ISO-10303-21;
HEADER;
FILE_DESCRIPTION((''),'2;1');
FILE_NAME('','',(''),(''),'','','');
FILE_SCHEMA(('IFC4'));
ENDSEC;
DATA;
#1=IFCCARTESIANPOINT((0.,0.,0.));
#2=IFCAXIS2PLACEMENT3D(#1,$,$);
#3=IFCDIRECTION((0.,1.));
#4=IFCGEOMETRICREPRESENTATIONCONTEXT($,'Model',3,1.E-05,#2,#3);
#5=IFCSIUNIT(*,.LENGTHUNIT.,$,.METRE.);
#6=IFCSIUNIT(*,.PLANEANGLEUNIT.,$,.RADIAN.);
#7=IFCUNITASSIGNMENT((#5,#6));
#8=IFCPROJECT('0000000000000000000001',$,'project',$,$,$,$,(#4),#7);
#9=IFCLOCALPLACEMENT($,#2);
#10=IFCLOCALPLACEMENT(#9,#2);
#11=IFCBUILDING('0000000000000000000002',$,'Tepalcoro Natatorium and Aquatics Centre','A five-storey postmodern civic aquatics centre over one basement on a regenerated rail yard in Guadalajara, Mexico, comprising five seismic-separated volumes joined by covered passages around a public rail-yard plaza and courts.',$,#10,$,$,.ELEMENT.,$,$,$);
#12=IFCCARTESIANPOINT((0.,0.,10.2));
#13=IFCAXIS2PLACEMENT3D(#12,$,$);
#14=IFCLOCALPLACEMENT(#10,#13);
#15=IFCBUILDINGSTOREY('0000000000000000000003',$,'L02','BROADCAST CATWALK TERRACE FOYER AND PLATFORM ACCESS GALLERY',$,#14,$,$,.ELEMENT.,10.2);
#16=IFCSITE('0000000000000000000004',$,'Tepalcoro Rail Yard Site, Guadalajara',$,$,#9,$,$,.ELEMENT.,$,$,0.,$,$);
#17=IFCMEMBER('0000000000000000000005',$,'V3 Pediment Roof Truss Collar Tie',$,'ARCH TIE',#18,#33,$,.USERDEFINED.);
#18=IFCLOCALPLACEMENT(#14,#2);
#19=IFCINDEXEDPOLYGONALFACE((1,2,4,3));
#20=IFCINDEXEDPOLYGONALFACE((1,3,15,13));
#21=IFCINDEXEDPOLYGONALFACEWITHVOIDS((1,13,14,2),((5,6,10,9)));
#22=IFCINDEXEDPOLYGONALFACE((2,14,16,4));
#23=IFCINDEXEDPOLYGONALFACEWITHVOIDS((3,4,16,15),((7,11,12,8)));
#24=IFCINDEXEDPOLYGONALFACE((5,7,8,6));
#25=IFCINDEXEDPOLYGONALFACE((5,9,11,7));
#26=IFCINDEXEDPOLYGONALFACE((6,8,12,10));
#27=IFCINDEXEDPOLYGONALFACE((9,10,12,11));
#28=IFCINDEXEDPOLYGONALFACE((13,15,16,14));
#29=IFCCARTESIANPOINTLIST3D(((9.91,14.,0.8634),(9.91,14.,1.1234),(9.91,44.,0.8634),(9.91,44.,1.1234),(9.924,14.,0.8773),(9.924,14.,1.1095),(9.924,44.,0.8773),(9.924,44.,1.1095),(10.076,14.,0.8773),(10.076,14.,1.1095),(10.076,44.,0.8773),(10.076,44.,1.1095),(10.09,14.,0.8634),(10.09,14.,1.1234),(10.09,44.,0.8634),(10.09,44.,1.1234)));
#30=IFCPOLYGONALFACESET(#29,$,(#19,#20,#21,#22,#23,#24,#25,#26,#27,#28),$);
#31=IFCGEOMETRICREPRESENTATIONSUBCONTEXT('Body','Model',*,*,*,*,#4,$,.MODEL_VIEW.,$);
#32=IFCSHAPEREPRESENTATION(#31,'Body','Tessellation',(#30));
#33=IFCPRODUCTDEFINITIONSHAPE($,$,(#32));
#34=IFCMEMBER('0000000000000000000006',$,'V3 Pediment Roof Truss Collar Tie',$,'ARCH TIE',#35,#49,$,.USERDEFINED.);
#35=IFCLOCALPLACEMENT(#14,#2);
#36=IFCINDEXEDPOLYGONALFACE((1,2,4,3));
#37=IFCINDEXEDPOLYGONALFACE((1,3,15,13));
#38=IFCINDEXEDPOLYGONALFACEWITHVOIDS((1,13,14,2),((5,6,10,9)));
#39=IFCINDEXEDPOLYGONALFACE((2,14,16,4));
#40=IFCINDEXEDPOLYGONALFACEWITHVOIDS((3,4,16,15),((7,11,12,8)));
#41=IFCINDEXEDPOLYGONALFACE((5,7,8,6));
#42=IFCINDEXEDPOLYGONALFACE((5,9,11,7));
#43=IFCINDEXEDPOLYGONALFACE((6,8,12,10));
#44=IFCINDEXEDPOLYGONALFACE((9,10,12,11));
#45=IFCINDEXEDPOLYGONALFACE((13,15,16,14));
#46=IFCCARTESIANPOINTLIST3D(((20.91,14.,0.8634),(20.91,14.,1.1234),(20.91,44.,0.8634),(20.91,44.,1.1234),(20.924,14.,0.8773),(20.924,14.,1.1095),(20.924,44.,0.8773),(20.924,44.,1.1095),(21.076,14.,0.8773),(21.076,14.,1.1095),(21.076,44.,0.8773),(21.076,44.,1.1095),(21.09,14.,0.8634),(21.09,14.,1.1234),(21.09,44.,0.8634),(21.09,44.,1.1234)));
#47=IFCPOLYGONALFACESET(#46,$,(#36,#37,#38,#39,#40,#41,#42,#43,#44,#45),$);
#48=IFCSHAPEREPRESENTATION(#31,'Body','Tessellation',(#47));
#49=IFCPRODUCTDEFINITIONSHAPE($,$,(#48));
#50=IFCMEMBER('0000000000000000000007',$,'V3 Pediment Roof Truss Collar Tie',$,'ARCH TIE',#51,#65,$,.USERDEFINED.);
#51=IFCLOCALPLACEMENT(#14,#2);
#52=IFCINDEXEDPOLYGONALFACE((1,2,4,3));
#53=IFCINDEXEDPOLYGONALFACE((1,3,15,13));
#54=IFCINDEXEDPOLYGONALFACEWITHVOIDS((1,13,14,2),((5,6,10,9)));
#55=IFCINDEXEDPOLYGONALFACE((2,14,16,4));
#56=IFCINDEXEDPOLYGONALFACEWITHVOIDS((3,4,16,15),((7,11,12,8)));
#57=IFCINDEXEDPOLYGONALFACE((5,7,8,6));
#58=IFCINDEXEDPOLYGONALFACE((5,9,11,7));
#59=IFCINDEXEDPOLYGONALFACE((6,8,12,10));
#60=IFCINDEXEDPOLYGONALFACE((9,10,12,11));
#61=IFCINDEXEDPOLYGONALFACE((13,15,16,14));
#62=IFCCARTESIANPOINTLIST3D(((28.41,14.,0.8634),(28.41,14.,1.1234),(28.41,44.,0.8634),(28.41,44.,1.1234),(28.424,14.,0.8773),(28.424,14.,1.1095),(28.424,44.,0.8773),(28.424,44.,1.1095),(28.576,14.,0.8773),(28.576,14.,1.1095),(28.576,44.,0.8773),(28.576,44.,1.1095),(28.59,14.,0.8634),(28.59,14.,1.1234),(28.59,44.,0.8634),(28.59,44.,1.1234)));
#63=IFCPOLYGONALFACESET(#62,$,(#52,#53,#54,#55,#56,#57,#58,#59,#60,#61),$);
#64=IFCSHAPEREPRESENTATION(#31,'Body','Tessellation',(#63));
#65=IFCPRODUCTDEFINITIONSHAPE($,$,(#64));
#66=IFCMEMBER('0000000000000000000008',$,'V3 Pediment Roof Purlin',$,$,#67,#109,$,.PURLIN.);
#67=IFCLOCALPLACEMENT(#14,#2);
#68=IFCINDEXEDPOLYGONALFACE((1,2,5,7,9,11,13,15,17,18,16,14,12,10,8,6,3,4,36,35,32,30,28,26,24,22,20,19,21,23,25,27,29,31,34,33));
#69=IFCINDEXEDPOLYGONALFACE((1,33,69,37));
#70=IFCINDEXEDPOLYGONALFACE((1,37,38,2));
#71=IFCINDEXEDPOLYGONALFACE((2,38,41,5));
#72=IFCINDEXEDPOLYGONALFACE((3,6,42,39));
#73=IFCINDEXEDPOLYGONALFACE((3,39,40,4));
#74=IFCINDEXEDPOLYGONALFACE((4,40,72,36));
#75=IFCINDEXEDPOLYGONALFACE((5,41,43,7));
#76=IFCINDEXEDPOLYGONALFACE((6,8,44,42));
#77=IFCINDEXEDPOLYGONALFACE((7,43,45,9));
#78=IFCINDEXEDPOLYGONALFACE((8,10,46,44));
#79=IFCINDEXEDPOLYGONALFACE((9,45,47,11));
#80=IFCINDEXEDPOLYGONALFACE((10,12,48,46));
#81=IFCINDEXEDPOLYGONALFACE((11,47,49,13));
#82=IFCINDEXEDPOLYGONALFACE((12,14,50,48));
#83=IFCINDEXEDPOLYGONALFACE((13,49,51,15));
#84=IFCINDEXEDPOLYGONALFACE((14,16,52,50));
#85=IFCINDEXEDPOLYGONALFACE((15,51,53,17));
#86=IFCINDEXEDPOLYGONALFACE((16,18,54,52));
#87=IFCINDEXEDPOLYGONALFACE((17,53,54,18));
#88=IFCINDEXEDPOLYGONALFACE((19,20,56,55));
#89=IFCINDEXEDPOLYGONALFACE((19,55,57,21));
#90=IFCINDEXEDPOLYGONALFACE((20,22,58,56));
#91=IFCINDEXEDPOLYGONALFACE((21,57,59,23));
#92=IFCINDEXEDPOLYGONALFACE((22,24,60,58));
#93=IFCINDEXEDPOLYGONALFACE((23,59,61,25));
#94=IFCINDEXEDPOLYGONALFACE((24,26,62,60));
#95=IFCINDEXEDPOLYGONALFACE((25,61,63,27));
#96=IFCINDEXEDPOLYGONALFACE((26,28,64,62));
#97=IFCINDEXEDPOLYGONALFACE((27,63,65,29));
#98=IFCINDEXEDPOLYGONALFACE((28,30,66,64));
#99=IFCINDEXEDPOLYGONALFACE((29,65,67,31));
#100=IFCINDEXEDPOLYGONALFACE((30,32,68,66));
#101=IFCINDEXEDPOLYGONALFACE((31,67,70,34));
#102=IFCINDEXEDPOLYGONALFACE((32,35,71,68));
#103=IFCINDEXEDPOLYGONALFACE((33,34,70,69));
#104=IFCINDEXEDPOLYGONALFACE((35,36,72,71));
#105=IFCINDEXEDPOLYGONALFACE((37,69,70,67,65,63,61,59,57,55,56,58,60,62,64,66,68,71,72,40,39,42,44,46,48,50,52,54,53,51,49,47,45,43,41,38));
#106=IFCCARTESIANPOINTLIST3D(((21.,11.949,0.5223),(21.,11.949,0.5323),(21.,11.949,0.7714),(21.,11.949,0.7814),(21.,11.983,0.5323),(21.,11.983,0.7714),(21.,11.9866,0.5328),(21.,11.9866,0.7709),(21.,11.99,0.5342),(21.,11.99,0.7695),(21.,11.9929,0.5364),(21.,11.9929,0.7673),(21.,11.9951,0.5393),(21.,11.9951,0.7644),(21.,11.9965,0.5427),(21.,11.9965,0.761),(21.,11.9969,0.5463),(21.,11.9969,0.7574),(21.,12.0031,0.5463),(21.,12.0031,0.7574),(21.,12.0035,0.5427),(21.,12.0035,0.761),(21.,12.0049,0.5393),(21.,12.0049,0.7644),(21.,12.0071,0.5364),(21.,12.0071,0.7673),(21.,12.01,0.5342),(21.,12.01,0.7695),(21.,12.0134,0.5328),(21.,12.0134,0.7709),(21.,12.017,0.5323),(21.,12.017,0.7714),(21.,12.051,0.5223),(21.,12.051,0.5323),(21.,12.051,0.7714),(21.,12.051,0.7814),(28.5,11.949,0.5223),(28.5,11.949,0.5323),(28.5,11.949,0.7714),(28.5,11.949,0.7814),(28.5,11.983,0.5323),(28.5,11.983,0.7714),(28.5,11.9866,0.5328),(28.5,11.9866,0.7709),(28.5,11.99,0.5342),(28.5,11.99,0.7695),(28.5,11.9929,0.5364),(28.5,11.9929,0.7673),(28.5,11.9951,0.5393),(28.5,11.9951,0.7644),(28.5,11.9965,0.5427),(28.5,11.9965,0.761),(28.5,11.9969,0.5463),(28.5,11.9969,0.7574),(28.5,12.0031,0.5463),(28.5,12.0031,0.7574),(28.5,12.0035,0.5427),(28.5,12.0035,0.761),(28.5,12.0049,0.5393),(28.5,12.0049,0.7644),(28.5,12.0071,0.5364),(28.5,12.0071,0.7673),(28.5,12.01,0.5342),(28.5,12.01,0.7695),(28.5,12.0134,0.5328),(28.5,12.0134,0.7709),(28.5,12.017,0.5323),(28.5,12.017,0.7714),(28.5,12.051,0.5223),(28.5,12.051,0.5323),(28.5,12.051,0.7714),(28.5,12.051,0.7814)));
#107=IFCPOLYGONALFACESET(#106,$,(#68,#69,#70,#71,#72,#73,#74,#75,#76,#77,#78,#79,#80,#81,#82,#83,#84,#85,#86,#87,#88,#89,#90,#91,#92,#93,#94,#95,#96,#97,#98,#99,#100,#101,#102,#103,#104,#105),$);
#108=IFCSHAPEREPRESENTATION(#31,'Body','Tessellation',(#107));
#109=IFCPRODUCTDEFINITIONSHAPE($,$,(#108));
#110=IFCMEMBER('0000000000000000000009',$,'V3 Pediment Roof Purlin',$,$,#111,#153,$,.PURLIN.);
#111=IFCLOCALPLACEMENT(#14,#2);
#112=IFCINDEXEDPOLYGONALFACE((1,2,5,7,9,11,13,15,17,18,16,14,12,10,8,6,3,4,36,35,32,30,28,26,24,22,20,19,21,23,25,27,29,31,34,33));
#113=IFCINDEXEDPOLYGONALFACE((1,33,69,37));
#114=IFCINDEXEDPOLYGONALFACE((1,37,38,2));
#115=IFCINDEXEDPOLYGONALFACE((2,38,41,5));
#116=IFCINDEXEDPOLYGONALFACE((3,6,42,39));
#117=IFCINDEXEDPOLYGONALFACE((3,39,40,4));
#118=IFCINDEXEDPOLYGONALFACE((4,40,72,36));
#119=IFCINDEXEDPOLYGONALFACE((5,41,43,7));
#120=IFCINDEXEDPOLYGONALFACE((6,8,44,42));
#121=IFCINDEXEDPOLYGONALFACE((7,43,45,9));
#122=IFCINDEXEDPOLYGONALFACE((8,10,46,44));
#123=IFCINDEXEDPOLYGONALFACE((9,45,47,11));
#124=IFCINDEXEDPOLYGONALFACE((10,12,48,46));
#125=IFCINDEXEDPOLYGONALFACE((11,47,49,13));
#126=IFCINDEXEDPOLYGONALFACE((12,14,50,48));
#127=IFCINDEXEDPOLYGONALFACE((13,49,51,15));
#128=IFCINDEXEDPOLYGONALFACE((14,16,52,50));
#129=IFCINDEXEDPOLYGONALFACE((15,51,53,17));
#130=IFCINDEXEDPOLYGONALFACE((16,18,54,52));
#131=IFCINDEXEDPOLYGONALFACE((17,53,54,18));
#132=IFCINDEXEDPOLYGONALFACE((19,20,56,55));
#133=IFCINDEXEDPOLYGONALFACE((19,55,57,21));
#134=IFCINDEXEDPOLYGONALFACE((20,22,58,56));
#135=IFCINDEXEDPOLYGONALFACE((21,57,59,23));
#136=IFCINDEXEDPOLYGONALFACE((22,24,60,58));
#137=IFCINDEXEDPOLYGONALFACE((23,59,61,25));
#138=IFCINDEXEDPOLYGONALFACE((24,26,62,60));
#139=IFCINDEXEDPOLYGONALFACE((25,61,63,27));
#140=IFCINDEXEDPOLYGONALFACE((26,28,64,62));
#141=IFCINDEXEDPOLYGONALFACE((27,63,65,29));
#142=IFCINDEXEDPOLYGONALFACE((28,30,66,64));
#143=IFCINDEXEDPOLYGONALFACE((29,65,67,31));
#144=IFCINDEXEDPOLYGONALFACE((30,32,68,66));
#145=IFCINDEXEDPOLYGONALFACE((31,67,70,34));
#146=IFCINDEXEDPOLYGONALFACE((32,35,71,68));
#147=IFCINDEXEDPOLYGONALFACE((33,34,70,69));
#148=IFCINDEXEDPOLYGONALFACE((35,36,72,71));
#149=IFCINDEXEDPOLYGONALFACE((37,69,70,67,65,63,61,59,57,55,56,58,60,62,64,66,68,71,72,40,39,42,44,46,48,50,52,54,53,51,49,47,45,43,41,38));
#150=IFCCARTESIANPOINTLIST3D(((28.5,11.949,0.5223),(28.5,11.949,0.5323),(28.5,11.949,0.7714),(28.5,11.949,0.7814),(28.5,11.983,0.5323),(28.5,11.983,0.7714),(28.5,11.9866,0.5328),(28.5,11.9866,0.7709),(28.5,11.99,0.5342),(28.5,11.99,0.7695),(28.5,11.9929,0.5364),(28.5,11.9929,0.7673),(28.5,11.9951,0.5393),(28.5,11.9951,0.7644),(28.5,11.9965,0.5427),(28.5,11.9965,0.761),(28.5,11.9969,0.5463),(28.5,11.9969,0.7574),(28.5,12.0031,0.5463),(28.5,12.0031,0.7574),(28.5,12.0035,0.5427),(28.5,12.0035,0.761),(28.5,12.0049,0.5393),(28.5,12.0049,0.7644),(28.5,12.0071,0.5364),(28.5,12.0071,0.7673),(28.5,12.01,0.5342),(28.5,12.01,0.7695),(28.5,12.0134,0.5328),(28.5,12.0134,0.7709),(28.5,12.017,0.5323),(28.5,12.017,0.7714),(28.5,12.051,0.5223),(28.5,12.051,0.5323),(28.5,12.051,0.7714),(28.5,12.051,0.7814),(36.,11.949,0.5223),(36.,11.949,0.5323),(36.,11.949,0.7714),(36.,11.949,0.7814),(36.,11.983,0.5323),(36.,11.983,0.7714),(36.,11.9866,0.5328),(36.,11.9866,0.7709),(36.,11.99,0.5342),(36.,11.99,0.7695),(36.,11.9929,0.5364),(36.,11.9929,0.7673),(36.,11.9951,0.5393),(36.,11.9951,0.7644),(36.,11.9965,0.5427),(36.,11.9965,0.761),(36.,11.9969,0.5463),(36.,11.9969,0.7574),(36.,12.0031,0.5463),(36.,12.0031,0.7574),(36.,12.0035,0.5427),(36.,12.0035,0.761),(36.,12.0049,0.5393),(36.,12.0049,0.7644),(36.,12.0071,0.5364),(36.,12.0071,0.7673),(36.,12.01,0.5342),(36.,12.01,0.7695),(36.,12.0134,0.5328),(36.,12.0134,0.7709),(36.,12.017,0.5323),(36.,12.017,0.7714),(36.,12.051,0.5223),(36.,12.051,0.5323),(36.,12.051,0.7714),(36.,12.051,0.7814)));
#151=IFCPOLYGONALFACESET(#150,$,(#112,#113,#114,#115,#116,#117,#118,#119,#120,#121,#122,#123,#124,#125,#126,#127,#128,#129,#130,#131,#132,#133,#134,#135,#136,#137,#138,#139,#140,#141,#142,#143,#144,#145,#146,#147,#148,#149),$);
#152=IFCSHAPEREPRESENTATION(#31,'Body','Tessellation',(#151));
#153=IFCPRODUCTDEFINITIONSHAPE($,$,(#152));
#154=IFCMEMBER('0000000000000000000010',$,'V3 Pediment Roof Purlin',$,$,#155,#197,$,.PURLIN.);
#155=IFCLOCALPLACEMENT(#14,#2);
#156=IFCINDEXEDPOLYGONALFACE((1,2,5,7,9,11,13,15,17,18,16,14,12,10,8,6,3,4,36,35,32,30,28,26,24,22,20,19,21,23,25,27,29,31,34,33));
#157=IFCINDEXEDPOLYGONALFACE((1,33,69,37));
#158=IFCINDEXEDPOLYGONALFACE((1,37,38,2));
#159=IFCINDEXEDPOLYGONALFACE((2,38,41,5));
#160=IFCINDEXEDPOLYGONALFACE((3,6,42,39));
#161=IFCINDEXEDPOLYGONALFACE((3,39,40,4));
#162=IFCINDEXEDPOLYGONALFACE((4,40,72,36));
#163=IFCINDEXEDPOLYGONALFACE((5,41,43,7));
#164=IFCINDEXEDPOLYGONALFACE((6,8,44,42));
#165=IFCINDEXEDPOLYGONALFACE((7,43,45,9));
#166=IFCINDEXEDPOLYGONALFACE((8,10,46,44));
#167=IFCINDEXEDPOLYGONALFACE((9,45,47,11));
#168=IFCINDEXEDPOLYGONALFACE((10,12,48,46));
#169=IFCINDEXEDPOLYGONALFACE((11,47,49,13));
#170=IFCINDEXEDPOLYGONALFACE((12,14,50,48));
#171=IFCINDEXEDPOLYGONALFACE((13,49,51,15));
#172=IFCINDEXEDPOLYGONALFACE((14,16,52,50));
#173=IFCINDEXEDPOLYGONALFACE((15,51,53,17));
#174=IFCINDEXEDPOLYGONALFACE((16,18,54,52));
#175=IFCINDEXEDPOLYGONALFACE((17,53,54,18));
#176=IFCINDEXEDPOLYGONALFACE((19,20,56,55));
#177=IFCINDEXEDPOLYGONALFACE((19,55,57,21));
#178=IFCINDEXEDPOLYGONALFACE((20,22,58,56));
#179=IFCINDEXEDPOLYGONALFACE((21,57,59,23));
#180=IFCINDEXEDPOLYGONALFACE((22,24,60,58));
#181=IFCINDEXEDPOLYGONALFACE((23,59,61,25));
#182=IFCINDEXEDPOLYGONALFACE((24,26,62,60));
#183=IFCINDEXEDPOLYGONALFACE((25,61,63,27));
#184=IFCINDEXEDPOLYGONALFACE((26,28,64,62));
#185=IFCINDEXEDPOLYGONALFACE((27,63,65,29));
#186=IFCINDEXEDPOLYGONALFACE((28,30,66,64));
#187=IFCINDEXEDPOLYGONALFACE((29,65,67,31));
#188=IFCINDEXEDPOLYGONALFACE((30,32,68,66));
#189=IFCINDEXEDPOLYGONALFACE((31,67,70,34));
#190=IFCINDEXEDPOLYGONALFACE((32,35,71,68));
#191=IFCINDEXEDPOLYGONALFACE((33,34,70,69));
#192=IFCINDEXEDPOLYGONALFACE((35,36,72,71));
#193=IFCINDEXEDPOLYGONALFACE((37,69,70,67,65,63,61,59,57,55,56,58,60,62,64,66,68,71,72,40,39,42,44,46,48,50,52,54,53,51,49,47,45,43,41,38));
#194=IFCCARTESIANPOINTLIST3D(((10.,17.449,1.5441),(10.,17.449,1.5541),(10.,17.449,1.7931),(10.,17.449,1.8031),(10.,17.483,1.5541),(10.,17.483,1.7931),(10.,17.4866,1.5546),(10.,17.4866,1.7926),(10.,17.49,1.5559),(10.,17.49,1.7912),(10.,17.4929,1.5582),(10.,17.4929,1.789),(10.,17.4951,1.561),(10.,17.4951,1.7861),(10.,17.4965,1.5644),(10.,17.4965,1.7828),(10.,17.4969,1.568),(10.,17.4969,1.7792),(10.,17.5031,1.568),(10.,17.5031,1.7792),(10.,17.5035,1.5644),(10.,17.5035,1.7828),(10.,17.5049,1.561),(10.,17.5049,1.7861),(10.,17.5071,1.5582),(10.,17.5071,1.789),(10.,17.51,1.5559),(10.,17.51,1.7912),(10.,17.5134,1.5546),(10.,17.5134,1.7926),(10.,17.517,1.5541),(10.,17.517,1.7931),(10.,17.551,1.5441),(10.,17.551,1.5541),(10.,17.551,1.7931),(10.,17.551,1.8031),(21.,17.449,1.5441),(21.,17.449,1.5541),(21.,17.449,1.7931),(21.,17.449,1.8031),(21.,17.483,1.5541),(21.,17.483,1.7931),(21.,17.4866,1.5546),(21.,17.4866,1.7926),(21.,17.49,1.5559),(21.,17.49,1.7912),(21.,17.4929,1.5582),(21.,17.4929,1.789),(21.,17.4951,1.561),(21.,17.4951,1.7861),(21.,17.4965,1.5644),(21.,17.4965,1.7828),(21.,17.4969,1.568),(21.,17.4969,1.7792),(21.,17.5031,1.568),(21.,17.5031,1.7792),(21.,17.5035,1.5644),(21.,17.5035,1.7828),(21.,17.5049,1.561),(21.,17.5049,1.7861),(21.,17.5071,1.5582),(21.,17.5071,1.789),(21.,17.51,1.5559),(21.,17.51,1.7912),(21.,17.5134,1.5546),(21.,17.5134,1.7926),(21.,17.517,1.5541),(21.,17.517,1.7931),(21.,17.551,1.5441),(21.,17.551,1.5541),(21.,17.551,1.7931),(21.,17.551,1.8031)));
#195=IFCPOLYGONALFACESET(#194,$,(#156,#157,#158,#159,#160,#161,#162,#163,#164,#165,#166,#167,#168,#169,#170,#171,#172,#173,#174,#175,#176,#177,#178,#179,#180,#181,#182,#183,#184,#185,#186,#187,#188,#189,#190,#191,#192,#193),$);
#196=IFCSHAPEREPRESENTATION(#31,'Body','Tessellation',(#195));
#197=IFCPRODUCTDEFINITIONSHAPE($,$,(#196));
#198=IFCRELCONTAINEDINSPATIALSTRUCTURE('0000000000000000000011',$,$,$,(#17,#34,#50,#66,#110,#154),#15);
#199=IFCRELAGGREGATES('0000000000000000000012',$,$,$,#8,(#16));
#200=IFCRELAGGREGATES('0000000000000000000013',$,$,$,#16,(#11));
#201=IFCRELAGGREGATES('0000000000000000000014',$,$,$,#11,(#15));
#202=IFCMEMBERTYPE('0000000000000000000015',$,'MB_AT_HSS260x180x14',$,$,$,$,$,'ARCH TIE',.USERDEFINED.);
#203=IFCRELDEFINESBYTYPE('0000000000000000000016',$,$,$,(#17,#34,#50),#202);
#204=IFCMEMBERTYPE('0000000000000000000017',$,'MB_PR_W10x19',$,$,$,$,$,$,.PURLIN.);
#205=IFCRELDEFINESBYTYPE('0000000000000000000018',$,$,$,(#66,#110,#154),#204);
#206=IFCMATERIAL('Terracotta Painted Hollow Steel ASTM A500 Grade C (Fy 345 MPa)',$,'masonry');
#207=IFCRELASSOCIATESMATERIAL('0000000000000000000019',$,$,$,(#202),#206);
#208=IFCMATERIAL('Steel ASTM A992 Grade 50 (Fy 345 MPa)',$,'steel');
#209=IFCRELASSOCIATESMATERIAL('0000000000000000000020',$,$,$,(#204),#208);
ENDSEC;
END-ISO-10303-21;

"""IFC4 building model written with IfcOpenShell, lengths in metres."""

from ifc_helpers import new_model, si_unit, direction, frame, origin, origin_2d, place, context, subcontext, project, spatial, hollow_rectangle, i_section, extrude, material, material_profile, profile_set, type_object, element, save


model = new_model("IFC4")

# Units and contexts
model_context = context("Model", 3, precision=1e-05, world=origin(), true_north=direction((0.0, 1.0)))
body_context = subcontext(model_context, "Body", "Model", "MODEL_VIEW")
ifc_project = project(units=[si_unit("LENGTHUNIT", "METRE"), si_unit("PLANEANGLEUNIT", "RADIAN")], contexts=[model_context])

# Site, building, storey
site_placement = place(None, origin())
site = spatial("IfcSite", under=ifc_project, at=site_placement, Name="Tepalcoro Rail Yard Site, Guadalajara", CompositionType="ELEMENT", RefElevation=0.0)
building_placement = place(site_placement, origin())
building = spatial("IfcBuilding", under=site, at=building_placement, Name="Tepalcoro Natatorium and Aquatics Centre", Description="A five-storey postmodern civic aquatics centre over one basement on a regenerated rail yard in Guadalajara, Mexico, comprising five seismic-separated volumes joined by covered passages around a public rail-yard plaza and courts.", CompositionType="ELEMENT")
storey_placement = place(building_placement, frame((0.0, 0.0, 10.2)))
storey = spatial("IfcBuildingStorey", under=building, at=storey_placement, Name="L02", Description="BROADCAST CATWALK TERRACE FOYER AND PLATFORM ACCESS GALLERY", CompositionType="ELEMENT", Elevation=10.2)

# Members
ifc_material_1 = material(Name="Terracotta Painted Hollow Steel ASTM A500 Grade C (Fy 345 MPa)", Category="masonry")
ifc_material_profile_1 = material_profile(ifc_material_1, hollow_rectangle(XDim=0.1799, YDim=0.26, WallThickness=0.0139, at=origin_2d()), Name="HSS260X180X14")
ifc_profile_set_1 = profile_set([ifc_material_profile_1], Name="Terracotta Painted Hollow Steel ASTM A500 Grade C (Fy 345 MPa)")
member_type_1 = type_object("IfcMemberType", Name="MB_AT_HSS260x180x14", ElementType="ARCH TIE", PredefinedType="USERDEFINED", material=ifc_profile_set_1)
for number, where, z_axis, x_axis, name in (
    (1, (10.0, 14.0, 0.9934), (0.0, 1.0, 0.0), (-1.0, 0.0, 0.0), "V3 Pediment Roof Truss Collar Tie"),
    (2, (21.0, 14.0, 0.9934), (0.0, 1.0, 0.0), (-1.0, 0.0, 0.0), "V3 Pediment Roof Truss Collar Tie"),
    (3, (28.5, 14.0, 0.9934), (0.0, 1.0, 0.0), (-1.0, 0.0, 0.0), "V3 Pediment Roof Truss Collar Tie"),
):
    element("IfcMember", number, at=place(storey_placement, frame(where, z_axis=z_axis, x_axis=x_axis)), inside=storey, type_object=member_type_1, Name=name, ObjectType="ARCH TIE", PredefinedType="USERDEFINED", context=body_context, shape_type="SweptSolid", body=[
        extrude(hollow_rectangle(XDim=0.1799, YDim=0.26, WallThickness=0.0139, at=origin_2d()), origin(), (0.0, 0.0, 1.0), 30.0),
    ])
ifc_material_2 = material(Name="Steel ASTM A992 Grade 50 (Fy 345 MPa)", Category="steel")
ifc_material_profile_2 = material_profile(ifc_material_2, i_section(OverallWidth=0.1021, OverallDepth=0.259, WebThickness=0.0061, FlangeThickness=0.01, FilletRadius=0.0139, at=origin_2d()), Name="W10X19")
ifc_profile_set_2 = profile_set([ifc_material_profile_2], Name="Steel ASTM A992 Grade 50 (Fy 345 MPa)")
member_type_2 = type_object("IfcMemberType", Name="MB_PR_W10x19", PredefinedType="PURLIN", material=ifc_profile_set_2)
for number, where, z_axis, x_axis, name in (
    (4, (21.0, 12.0, 0.6519), (1.0, 0.0, 0.0), (0.0, 1.0, 0.0), "V3 Pediment Roof Purlin"),
    (5, (28.5, 12.0, 0.6519), (1.0, 0.0, 0.0), (0.0, 1.0, 0.0), "V3 Pediment Roof Purlin"),
):
    element("IfcMember", number, at=place(storey_placement, frame(where, z_axis=z_axis, x_axis=x_axis)), inside=storey, type_object=member_type_2, Name=name, PredefinedType="PURLIN", context=body_context, shape_type="SweptSolid", body=[
        extrude(i_section(OverallWidth=0.1021, OverallDepth=0.259, WebThickness=0.0061, FlangeThickness=0.01, FilletRadius=0.0139, at=origin_2d()), origin(), (0.0, 0.0, 1.0), 7.5),
    ])
member_1_placement = place(storey_placement, frame((10.0, 17.5, 1.6736), z_axis=(1.0, 0.0, 0.0), x_axis=(0.0, 1.0, 0.0)))
element("IfcMember", 6, at=member_1_placement, inside=storey, type_object=member_type_2, Name="V3 Pediment Roof Purlin", PredefinedType="PURLIN", context=body_context, shape_type="SweptSolid", body=[
    extrude(i_section(OverallWidth=0.1021, OverallDepth=0.259, WebThickness=0.0061, FlangeThickness=0.01, FilletRadius=0.0139, at=origin_2d()), origin(), (0.0, 0.0, 1.0), 11.0),
])

save(model, "model.ifc")
